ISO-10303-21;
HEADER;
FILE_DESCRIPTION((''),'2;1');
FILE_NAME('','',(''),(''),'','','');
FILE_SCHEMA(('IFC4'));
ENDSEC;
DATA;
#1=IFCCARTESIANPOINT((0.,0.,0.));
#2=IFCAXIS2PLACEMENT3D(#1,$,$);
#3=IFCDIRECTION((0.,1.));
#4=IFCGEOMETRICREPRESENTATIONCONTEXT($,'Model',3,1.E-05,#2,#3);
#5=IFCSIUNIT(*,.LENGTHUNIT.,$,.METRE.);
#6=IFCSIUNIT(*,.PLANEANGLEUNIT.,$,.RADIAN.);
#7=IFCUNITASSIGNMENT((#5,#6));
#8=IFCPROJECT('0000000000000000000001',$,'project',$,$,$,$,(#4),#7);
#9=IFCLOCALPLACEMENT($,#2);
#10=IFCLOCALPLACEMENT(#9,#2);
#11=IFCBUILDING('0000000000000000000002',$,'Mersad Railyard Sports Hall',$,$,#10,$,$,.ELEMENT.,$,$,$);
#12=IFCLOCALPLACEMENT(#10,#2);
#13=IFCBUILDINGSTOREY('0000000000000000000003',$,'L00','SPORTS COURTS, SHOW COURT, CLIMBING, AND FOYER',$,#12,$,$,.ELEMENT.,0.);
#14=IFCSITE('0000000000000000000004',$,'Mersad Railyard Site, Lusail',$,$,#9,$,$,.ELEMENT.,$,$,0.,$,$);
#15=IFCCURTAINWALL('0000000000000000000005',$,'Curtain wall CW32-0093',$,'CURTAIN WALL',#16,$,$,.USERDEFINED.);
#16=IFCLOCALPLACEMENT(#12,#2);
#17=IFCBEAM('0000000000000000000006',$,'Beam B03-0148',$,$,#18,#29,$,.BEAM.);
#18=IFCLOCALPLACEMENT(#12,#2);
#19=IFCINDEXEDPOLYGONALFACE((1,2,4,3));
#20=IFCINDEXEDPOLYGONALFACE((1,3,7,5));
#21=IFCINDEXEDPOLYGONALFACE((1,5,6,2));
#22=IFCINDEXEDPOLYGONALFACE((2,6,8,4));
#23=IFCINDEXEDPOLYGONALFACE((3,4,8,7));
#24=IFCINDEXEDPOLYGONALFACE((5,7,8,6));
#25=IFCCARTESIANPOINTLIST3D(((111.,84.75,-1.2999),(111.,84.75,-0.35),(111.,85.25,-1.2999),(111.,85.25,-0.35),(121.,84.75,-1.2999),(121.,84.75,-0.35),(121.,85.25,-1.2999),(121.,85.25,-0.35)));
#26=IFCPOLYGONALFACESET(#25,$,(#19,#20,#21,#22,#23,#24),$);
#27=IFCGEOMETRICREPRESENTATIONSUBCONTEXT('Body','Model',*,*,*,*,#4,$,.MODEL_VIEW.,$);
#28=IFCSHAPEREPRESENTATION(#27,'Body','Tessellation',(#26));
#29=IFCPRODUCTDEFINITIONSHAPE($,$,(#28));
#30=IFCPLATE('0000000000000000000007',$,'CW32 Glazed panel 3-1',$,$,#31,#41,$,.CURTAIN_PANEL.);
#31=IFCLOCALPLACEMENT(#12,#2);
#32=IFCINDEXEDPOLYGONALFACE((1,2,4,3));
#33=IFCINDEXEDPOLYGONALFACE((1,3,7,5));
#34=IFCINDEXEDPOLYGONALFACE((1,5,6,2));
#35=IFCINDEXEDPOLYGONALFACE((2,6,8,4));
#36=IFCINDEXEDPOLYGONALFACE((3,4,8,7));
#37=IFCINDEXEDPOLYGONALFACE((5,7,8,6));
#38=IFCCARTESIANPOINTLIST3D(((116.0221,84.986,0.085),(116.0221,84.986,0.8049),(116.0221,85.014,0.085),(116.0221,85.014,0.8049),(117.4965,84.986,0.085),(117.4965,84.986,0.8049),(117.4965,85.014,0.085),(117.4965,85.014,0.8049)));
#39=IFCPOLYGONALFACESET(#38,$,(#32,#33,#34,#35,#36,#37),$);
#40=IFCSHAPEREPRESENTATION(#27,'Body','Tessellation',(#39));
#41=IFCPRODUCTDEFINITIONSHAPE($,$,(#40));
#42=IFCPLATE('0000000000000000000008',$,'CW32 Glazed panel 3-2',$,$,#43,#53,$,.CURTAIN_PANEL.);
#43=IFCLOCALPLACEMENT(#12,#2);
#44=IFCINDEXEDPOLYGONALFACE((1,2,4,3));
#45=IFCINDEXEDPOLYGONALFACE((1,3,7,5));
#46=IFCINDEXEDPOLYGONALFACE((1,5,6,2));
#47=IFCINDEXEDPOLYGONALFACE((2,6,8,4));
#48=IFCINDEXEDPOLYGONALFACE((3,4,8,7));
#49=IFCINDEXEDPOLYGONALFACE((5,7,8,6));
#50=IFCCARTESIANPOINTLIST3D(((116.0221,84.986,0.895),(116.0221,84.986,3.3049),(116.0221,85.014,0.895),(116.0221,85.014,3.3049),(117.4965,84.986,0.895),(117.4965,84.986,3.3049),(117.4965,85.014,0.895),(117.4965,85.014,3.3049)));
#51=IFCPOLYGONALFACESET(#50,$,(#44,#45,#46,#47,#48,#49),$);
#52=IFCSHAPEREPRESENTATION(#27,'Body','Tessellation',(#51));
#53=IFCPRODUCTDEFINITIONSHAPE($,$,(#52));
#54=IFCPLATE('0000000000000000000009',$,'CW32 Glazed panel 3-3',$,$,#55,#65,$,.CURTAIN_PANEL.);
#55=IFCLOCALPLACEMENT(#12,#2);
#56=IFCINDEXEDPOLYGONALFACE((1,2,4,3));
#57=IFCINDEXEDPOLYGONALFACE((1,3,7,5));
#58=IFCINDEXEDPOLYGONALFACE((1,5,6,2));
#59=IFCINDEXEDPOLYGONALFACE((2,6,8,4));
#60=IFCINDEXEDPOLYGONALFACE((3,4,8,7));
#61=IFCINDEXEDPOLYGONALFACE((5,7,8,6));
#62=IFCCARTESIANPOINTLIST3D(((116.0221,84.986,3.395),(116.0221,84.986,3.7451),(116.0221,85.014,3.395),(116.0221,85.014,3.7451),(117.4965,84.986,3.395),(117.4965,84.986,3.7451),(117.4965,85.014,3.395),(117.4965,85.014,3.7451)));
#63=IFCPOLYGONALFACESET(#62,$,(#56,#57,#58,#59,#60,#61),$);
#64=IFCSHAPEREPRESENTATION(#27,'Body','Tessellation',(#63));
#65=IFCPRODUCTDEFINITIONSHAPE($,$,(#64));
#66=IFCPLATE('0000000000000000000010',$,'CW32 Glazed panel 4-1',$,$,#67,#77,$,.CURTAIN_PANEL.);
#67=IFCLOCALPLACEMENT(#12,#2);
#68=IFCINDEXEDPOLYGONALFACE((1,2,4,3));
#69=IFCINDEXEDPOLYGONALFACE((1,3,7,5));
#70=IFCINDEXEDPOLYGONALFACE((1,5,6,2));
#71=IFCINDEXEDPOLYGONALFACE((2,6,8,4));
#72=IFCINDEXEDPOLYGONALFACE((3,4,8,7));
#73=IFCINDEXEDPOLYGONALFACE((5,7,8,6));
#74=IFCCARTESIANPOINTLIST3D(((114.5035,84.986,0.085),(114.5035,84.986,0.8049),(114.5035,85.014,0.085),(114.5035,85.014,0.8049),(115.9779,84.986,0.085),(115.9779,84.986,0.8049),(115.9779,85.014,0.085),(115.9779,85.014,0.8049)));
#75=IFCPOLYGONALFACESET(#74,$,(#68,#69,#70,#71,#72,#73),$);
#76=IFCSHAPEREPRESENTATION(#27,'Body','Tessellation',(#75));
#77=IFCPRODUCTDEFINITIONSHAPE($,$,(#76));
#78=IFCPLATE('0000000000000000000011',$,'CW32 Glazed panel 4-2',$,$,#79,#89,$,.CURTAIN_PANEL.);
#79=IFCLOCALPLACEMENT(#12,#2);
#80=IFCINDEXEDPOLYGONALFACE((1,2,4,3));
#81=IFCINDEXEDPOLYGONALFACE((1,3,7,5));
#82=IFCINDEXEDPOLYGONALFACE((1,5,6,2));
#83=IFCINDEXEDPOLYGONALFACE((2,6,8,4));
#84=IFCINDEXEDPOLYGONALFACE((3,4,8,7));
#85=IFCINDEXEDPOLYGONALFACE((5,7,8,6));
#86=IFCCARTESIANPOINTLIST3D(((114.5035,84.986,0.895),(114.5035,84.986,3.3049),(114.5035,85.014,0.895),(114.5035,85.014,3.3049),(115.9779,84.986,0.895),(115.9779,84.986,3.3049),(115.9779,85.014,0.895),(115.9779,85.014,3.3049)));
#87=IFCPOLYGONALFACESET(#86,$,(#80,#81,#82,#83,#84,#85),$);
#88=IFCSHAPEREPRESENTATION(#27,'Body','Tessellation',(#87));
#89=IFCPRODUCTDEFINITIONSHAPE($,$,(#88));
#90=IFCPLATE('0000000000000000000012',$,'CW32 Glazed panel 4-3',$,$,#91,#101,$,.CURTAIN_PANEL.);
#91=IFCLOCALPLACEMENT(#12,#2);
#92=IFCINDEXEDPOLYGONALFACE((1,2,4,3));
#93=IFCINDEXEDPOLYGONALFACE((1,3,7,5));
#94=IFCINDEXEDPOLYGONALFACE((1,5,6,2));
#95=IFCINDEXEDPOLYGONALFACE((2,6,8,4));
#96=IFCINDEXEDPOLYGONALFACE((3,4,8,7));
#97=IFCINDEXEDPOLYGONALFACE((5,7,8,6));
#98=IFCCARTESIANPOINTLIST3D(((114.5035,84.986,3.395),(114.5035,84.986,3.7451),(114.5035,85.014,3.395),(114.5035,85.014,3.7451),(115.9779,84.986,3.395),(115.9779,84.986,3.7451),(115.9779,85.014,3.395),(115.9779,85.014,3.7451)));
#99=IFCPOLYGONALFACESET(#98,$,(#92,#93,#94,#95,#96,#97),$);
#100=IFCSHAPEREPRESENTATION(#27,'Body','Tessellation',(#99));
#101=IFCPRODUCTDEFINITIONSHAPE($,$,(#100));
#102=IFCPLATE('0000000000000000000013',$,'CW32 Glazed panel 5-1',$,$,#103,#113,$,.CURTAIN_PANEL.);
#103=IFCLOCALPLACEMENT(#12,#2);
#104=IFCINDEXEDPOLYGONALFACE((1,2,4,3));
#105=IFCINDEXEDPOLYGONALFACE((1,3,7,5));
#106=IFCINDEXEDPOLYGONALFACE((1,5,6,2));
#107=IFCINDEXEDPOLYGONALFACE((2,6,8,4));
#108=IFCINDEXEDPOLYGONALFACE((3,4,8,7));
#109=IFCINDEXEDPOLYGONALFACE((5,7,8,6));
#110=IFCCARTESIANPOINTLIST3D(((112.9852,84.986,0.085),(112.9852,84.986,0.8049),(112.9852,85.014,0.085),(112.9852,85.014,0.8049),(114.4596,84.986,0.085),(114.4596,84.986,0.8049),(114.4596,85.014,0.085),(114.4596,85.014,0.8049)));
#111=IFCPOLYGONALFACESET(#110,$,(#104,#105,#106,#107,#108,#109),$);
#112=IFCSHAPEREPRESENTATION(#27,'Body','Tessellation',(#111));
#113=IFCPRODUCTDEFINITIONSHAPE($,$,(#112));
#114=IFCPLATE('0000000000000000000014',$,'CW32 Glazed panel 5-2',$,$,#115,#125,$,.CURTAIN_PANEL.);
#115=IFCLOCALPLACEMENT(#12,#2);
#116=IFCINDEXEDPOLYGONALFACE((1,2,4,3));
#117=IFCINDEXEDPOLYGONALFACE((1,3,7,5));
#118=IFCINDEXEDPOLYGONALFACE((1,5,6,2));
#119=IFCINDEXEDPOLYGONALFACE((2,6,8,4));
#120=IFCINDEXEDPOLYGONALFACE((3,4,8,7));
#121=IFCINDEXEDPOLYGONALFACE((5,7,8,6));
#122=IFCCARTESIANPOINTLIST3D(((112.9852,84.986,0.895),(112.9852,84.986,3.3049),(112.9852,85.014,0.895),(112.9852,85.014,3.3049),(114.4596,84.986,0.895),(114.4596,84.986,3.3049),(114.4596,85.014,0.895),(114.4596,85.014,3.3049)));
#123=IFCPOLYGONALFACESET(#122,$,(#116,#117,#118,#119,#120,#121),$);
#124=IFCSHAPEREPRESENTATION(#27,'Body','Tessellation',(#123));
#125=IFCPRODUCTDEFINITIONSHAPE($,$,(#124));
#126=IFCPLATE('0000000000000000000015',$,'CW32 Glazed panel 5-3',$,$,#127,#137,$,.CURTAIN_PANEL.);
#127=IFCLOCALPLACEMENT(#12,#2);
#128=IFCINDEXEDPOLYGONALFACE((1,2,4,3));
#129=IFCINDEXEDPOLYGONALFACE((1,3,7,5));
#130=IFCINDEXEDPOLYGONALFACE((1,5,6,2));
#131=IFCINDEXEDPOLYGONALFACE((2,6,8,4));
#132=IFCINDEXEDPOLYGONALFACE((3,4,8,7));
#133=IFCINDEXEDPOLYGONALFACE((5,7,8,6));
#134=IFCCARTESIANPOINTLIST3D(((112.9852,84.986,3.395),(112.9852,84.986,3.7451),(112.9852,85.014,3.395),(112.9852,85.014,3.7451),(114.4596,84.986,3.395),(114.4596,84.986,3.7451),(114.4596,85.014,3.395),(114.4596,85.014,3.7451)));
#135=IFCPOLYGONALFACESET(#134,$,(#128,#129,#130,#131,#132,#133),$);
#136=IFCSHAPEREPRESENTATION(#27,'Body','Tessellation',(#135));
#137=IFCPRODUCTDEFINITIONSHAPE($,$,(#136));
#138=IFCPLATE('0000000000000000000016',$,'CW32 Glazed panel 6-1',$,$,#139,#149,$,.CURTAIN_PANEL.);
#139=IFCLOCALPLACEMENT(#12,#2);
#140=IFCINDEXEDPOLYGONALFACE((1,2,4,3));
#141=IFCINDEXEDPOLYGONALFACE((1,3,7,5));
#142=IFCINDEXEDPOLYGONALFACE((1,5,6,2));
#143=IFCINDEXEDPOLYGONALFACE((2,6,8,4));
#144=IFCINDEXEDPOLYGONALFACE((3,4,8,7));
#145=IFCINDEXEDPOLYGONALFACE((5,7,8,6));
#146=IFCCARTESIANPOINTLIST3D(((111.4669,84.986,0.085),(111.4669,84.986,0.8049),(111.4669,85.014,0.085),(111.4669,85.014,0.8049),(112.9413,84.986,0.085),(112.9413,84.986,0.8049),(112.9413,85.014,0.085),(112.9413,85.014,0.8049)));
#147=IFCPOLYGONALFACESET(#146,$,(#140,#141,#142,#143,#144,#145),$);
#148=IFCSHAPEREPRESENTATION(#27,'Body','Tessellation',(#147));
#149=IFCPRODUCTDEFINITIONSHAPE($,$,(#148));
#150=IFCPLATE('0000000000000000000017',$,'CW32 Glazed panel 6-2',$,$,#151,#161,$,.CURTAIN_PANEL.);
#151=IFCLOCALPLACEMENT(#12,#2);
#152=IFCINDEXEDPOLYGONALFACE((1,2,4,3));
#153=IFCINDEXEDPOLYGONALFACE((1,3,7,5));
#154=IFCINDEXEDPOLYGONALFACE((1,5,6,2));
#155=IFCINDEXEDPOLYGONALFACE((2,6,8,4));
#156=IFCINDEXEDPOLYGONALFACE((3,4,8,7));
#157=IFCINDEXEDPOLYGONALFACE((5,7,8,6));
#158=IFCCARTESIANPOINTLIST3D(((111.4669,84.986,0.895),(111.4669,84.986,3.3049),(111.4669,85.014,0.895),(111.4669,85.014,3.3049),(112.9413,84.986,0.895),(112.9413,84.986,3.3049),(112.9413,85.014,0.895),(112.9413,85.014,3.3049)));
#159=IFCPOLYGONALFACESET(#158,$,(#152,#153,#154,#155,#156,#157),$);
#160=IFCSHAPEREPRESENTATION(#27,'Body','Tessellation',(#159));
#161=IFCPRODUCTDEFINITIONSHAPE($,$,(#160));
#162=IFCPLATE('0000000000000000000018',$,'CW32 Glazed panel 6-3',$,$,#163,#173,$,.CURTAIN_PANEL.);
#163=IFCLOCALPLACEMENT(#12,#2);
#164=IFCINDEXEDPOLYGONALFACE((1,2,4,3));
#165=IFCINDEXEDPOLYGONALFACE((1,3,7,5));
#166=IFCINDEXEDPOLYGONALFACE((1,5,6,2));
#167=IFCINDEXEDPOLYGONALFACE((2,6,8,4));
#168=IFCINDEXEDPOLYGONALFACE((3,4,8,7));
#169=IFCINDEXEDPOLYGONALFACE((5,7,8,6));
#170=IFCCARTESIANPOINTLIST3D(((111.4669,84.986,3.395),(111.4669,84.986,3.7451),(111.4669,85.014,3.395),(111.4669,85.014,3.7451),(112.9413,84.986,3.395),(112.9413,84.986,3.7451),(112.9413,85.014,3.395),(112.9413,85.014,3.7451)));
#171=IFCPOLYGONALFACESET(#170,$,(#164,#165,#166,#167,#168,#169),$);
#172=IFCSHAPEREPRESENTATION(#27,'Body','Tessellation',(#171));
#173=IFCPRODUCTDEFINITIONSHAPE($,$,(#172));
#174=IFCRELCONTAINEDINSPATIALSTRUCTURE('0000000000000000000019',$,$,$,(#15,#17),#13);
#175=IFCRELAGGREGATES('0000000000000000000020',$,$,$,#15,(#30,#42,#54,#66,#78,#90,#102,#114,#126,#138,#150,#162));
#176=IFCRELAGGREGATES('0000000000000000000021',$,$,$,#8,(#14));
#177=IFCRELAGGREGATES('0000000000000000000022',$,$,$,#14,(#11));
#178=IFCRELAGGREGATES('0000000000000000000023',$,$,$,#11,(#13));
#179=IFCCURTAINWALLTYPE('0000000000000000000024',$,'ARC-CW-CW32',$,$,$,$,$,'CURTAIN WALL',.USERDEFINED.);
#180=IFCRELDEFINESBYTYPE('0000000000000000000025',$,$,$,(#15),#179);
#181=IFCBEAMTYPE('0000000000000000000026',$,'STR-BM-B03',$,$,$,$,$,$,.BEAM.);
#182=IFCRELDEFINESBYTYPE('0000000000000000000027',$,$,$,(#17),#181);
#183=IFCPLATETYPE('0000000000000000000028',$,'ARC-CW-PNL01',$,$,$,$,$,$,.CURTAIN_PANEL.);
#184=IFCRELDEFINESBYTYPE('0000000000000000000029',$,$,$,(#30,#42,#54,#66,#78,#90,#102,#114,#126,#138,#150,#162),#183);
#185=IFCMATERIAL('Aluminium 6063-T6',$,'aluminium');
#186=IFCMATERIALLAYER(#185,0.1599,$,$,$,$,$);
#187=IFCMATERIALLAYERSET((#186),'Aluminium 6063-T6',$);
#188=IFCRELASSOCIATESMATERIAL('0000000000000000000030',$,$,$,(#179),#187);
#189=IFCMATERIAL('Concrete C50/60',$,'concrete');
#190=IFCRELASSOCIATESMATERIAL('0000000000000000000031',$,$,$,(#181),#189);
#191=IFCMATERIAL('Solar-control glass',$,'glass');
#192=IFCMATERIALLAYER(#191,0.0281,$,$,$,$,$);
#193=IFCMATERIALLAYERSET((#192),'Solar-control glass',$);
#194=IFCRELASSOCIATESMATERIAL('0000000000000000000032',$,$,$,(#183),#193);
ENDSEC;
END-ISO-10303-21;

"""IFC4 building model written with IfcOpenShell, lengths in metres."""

from ifc_helpers import new_model, si_unit, direction, frame, origin, origin_2d, place, context, subcontext, project, spatial, rectangle, extrude, material, layer, layer_set, material_profile, profile_set, type_object, element, aggregate, save


model = new_model("IFC4")

# Units and contexts
model_context = context("Model", 3, precision=1e-05, world=origin(), true_north=direction((0.0, 1.0)))
body_context = subcontext(model_context, "Body", "Model", "MODEL_VIEW")
ifc_project = project(units=[si_unit("LENGTHUNIT", "METRE"), si_unit("PLANEANGLEUNIT", "RADIAN")], contexts=[model_context])

# Site, building, storey
site_placement = place(None, origin())
site = spatial("IfcSite", under=ifc_project, at=site_placement, Name="Mersad Railyard Site, Lusail", CompositionType="ELEMENT", RefElevation=0.0)
building_placement = place(site_placement, origin())
building = spatial("IfcBuilding", under=site, at=building_placement, Name="Mersad Railyard Sports Hall", CompositionType="ELEMENT")
storey_placement = place(building_placement, origin())
storey = spatial("IfcBuildingStorey", under=building, at=storey_placement, Name="L00", Description="SPORTS COURTS, SHOW COURT, CLIMBING, AND FOYER", CompositionType="ELEMENT", Elevation=0.0)

# Shared definitions
ifc_material_1 = material(Name="Concrete C50/60", Category="concrete")

# Curtain wall
ifc_material_2 = material(Name="Aluminium 6063-T6", Category="aluminium")
ifc_layer_1 = layer(ifc_material_2, 0.1599)
ifc_layer_set_1 = layer_set([ifc_layer_1], Name="Aluminium 6063-T6")
curtain_wall_type = type_object("IfcCurtainWallType", Name="ARC-CW-CW32", ElementType="CURTAIN WALL", PredefinedType="USERDEFINED", material=ifc_layer_set_1)
curtain_wall_placement = place(storey_placement, origin())
curtain_wall = element("IfcCurtainWall", 1, at=curtain_wall_placement, inside=storey, type_object=curtain_wall_type, Name="Curtain wall CW32-0093", ObjectType="CURTAIN WALL", PredefinedType="USERDEFINED")

# Beam
ifc_material_profile_1 = material_profile(ifc_material_1, rectangle(XDim=0.5, YDim=0.95, at=origin_2d()), Name="RC 500x950")
ifc_profile_set_1 = profile_set([ifc_material_profile_1], Name="Concrete C50/60")
beam_type_1 = type_object("IfcBeamType", Name="STR-BM-B03", PredefinedType="BEAM", material=ifc_profile_set_1)
beam_1_placement = place(storey_placement, frame((111.0, 85.0, -0.825), z_axis=(1.0, 0.0, 0.0), x_axis=(0.0, 1.0, 0.0)))
element("IfcBeam", 2, at=beam_1_placement, inside=storey, type_object=beam_type_1, Name="Beam B03-0148", PredefinedType="BEAM", context=body_context, shape_type="SweptSolid", body=[
    extrude(rectangle(XDim=0.5, YDim=0.95, at=origin_2d()), origin(), (0.0, 0.0, 1.0), 10.0),
])

# Plates
ifc_material_3 = material(Name="Solar-control glass", Category="glass")
ifc_layer_2 = layer(ifc_material_3, 0.0281)
ifc_layer_set_2 = layer_set([ifc_layer_2], Name="Solar-control glass")
plate_type = type_object("IfcPlateType", Name="ARC-CW-PNL01", PredefinedType="CURTAIN_PANEL", material=ifc_layer_set_2)
plate_1_placement = place(storey_placement, frame((116.7593, 85.0, 0.085), z_axis=(0.0, 0.0, 1.0), x_axis=(-1.0, 0.0, 0.0)))
plate_1 = element("IfcPlate", 3, at=plate_1_placement, type_object=plate_type, Name="CW32 Glazed panel 3-1", PredefinedType="CURTAIN_PANEL", context=body_context, shape_type="SweptSolid", body=[
    extrude(rectangle(XDim=1.4744, YDim=0.0281, at=origin_2d()), origin(), (0.0, 0.0, 1.0), 0.72),
])
plate_2_placement = place(storey_placement, frame((116.7593, 85.0, 0.895), z_axis=(0.0, 0.0, 1.0), x_axis=(-1.0, 0.0, 0.0)))
plate_2 = element("IfcPlate", 4, at=plate_2_placement, type_object=plate_type, Name="CW32 Glazed panel 3-2", PredefinedType="CURTAIN_PANEL", context=body_context, shape_type="SweptSolid", body=[
    extrude(rectangle(XDim=1.4744, YDim=0.0281, at=origin_2d()), origin(), (0.0, 0.0, 1.0), 2.4099),
])
plate_3_placement = place(storey_placement, frame((116.7593, 85.0, 3.395), z_axis=(0.0, 0.0, 1.0), x_axis=(-1.0, 0.0, 0.0)))
plate_3 = element("IfcPlate", 5, at=plate_3_placement, type_object=plate_type, Name="CW32 Glazed panel 3-3", PredefinedType="CURTAIN_PANEL", context=body_context, shape_type="SweptSolid", body=[
    extrude(rectangle(XDim=1.4744, YDim=0.0281, at=origin_2d()), origin(), (0.0, 0.0, 1.0), 0.3501),
])
plate_4_placement = place(storey_placement, frame((115.2407, 85.0, 0.085), z_axis=(0.0, 0.0, 1.0), x_axis=(-1.0, 0.0, 0.0)))
plate_4 = element("IfcPlate", 6, at=plate_4_placement, type_object=plate_type, Name="CW32 Glazed panel 4-1", PredefinedType="CURTAIN_PANEL", context=body_context, shape_type="SweptSolid", body=[
    extrude(rectangle(XDim=1.4744, YDim=0.0281, at=origin_2d()), origin(), (0.0, 0.0, 1.0), 0.72),
])
plate_5_placement = place(storey_placement, frame((115.2407, 85.0, 0.895), z_axis=(0.0, 0.0, 1.0), x_axis=(-1.0, 0.0, 0.0)))
plate_5 = element("IfcPlate", 7, at=plate_5_placement, type_object=plate_type, Name="CW32 Glazed panel 4-2", PredefinedType="CURTAIN_PANEL", context=body_context, shape_type="SweptSolid", body=[
    extrude(rectangle(XDim=1.4744, YDim=0.0281, at=origin_2d()), origin(), (0.0, 0.0, 1.0), 2.4099),
])
plate_6_placement = place(storey_placement, frame((115.2407, 85.0, 3.395), z_axis=(0.0, 0.0, 1.0), x_axis=(-1.0, 0.0, 0.0)))
plate_6 = element("IfcPlate", 8, at=plate_6_placement, type_object=plate_type, Name="CW32 Glazed panel 4-3", PredefinedType="CURTAIN_PANEL", context=body_context, shape_type="SweptSolid", body=[
    extrude(rectangle(XDim=1.4744, YDim=0.0281, at=origin_2d()), origin(), (0.0, 0.0, 1.0), 0.3501),
])
plate_7_placement = place(storey_placement, frame((113.7224, 85.0, 0.085), z_axis=(0.0, 0.0, 1.0), x_axis=(-1.0, 0.0, 0.0)))
plate_7 = element("IfcPlate", 9, at=plate_7_placement, type_object=plate_type, Name="CW32 Glazed panel 5-1", PredefinedType="CURTAIN_PANEL", context=body_context, shape_type="SweptSolid", body=[
    extrude(rectangle(XDim=1.4744, YDim=0.0281, at=origin_2d()), origin(), (0.0, 0.0, 1.0), 0.72),
])
plate_8_placement = place(storey_placement, frame((113.7224, 85.0, 0.895), z_axis=(0.0, 0.0, 1.0), x_axis=(-1.0, 0.0, 0.0)))
plate_8 = element("IfcPlate", 10, at=plate_8_placement, type_object=plate_type, Name="CW32 Glazed panel 5-2", PredefinedType="CURTAIN_PANEL", context=body_context, shape_type="SweptSolid", body=[
    extrude(rectangle(XDim=1.4744, YDim=0.0281, at=origin_2d()), origin(), (0.0, 0.0, 1.0), 2.4099),
])
plate_9_placement = place(storey_placement, frame((113.7224, 85.0, 3.395), z_axis=(0.0, 0.0, 1.0), x_axis=(-1.0, 0.0, 0.0)))
plate_9 = element("IfcPlate", 11, at=plate_9_placement, type_object=plate_type, Name="CW32 Glazed panel 5-3", PredefinedType="CURTAIN_PANEL", context=body_context, shape_type="SweptSolid", body=[
    extrude(rectangle(XDim=1.4744, YDim=0.0281, at=origin_2d()), origin(), (0.0, 0.0, 1.0), 0.3501),
])
plate_10_placement = place(storey_placement, frame((112.2041, 85.0, 0.085), z_axis=(0.0, 0.0, 1.0), x_axis=(-1.0, 0.0, 0.0)))
plate_10 = element("IfcPlate", 12, at=plate_10_placement, type_object=plate_type, Name="CW32 Glazed panel 6-1", PredefinedType="CURTAIN_PANEL", context=body_context, shape_type="SweptSolid", body=[
    extrude(rectangle(XDim=1.4744, YDim=0.0281, at=origin_2d()), origin(), (0.0, 0.0, 1.0), 0.72),
])
plate_11_placement = place(storey_placement, frame((112.2041, 85.0, 0.895), z_axis=(0.0, 0.0, 1.0), x_axis=(-1.0, 0.0, 0.0)))
plate_11 = element("IfcPlate", 13, at=plate_11_placement, type_object=plate_type, Name="CW32 Glazed panel 6-2", PredefinedType="CURTAIN_PANEL", context=body_context, shape_type="SweptSolid", body=[
    extrude(rectangle(XDim=1.4744, YDim=0.0281, at=origin_2d()), origin(), (0.0, 0.0, 1.0), 2.4099),
])
plate_12_placement = place(storey_placement, frame((112.2041, 85.0, 3.395), z_axis=(0.0, 0.0, 1.0), x_axis=(-1.0, 0.0, 0.0)))
plate_12 = element("IfcPlate", 14, at=plate_12_placement, type_object=plate_type, Name="CW32 Glazed panel 6-3", PredefinedType="CURTAIN_PANEL", context=body_context, shape_type="SweptSolid", body=[
    extrude(rectangle(XDim=1.4744, YDim=0.0281, at=origin_2d()), origin(), (0.0, 0.0, 1.0), 0.3501),
])
aggregate(curtain_wall, [plate_1, plate_2, plate_3, plate_4, plate_5, plate_6, plate_7, plate_8, plate_9, plate_10, plate_11, plate_12])

save(model, "model.ifc")
